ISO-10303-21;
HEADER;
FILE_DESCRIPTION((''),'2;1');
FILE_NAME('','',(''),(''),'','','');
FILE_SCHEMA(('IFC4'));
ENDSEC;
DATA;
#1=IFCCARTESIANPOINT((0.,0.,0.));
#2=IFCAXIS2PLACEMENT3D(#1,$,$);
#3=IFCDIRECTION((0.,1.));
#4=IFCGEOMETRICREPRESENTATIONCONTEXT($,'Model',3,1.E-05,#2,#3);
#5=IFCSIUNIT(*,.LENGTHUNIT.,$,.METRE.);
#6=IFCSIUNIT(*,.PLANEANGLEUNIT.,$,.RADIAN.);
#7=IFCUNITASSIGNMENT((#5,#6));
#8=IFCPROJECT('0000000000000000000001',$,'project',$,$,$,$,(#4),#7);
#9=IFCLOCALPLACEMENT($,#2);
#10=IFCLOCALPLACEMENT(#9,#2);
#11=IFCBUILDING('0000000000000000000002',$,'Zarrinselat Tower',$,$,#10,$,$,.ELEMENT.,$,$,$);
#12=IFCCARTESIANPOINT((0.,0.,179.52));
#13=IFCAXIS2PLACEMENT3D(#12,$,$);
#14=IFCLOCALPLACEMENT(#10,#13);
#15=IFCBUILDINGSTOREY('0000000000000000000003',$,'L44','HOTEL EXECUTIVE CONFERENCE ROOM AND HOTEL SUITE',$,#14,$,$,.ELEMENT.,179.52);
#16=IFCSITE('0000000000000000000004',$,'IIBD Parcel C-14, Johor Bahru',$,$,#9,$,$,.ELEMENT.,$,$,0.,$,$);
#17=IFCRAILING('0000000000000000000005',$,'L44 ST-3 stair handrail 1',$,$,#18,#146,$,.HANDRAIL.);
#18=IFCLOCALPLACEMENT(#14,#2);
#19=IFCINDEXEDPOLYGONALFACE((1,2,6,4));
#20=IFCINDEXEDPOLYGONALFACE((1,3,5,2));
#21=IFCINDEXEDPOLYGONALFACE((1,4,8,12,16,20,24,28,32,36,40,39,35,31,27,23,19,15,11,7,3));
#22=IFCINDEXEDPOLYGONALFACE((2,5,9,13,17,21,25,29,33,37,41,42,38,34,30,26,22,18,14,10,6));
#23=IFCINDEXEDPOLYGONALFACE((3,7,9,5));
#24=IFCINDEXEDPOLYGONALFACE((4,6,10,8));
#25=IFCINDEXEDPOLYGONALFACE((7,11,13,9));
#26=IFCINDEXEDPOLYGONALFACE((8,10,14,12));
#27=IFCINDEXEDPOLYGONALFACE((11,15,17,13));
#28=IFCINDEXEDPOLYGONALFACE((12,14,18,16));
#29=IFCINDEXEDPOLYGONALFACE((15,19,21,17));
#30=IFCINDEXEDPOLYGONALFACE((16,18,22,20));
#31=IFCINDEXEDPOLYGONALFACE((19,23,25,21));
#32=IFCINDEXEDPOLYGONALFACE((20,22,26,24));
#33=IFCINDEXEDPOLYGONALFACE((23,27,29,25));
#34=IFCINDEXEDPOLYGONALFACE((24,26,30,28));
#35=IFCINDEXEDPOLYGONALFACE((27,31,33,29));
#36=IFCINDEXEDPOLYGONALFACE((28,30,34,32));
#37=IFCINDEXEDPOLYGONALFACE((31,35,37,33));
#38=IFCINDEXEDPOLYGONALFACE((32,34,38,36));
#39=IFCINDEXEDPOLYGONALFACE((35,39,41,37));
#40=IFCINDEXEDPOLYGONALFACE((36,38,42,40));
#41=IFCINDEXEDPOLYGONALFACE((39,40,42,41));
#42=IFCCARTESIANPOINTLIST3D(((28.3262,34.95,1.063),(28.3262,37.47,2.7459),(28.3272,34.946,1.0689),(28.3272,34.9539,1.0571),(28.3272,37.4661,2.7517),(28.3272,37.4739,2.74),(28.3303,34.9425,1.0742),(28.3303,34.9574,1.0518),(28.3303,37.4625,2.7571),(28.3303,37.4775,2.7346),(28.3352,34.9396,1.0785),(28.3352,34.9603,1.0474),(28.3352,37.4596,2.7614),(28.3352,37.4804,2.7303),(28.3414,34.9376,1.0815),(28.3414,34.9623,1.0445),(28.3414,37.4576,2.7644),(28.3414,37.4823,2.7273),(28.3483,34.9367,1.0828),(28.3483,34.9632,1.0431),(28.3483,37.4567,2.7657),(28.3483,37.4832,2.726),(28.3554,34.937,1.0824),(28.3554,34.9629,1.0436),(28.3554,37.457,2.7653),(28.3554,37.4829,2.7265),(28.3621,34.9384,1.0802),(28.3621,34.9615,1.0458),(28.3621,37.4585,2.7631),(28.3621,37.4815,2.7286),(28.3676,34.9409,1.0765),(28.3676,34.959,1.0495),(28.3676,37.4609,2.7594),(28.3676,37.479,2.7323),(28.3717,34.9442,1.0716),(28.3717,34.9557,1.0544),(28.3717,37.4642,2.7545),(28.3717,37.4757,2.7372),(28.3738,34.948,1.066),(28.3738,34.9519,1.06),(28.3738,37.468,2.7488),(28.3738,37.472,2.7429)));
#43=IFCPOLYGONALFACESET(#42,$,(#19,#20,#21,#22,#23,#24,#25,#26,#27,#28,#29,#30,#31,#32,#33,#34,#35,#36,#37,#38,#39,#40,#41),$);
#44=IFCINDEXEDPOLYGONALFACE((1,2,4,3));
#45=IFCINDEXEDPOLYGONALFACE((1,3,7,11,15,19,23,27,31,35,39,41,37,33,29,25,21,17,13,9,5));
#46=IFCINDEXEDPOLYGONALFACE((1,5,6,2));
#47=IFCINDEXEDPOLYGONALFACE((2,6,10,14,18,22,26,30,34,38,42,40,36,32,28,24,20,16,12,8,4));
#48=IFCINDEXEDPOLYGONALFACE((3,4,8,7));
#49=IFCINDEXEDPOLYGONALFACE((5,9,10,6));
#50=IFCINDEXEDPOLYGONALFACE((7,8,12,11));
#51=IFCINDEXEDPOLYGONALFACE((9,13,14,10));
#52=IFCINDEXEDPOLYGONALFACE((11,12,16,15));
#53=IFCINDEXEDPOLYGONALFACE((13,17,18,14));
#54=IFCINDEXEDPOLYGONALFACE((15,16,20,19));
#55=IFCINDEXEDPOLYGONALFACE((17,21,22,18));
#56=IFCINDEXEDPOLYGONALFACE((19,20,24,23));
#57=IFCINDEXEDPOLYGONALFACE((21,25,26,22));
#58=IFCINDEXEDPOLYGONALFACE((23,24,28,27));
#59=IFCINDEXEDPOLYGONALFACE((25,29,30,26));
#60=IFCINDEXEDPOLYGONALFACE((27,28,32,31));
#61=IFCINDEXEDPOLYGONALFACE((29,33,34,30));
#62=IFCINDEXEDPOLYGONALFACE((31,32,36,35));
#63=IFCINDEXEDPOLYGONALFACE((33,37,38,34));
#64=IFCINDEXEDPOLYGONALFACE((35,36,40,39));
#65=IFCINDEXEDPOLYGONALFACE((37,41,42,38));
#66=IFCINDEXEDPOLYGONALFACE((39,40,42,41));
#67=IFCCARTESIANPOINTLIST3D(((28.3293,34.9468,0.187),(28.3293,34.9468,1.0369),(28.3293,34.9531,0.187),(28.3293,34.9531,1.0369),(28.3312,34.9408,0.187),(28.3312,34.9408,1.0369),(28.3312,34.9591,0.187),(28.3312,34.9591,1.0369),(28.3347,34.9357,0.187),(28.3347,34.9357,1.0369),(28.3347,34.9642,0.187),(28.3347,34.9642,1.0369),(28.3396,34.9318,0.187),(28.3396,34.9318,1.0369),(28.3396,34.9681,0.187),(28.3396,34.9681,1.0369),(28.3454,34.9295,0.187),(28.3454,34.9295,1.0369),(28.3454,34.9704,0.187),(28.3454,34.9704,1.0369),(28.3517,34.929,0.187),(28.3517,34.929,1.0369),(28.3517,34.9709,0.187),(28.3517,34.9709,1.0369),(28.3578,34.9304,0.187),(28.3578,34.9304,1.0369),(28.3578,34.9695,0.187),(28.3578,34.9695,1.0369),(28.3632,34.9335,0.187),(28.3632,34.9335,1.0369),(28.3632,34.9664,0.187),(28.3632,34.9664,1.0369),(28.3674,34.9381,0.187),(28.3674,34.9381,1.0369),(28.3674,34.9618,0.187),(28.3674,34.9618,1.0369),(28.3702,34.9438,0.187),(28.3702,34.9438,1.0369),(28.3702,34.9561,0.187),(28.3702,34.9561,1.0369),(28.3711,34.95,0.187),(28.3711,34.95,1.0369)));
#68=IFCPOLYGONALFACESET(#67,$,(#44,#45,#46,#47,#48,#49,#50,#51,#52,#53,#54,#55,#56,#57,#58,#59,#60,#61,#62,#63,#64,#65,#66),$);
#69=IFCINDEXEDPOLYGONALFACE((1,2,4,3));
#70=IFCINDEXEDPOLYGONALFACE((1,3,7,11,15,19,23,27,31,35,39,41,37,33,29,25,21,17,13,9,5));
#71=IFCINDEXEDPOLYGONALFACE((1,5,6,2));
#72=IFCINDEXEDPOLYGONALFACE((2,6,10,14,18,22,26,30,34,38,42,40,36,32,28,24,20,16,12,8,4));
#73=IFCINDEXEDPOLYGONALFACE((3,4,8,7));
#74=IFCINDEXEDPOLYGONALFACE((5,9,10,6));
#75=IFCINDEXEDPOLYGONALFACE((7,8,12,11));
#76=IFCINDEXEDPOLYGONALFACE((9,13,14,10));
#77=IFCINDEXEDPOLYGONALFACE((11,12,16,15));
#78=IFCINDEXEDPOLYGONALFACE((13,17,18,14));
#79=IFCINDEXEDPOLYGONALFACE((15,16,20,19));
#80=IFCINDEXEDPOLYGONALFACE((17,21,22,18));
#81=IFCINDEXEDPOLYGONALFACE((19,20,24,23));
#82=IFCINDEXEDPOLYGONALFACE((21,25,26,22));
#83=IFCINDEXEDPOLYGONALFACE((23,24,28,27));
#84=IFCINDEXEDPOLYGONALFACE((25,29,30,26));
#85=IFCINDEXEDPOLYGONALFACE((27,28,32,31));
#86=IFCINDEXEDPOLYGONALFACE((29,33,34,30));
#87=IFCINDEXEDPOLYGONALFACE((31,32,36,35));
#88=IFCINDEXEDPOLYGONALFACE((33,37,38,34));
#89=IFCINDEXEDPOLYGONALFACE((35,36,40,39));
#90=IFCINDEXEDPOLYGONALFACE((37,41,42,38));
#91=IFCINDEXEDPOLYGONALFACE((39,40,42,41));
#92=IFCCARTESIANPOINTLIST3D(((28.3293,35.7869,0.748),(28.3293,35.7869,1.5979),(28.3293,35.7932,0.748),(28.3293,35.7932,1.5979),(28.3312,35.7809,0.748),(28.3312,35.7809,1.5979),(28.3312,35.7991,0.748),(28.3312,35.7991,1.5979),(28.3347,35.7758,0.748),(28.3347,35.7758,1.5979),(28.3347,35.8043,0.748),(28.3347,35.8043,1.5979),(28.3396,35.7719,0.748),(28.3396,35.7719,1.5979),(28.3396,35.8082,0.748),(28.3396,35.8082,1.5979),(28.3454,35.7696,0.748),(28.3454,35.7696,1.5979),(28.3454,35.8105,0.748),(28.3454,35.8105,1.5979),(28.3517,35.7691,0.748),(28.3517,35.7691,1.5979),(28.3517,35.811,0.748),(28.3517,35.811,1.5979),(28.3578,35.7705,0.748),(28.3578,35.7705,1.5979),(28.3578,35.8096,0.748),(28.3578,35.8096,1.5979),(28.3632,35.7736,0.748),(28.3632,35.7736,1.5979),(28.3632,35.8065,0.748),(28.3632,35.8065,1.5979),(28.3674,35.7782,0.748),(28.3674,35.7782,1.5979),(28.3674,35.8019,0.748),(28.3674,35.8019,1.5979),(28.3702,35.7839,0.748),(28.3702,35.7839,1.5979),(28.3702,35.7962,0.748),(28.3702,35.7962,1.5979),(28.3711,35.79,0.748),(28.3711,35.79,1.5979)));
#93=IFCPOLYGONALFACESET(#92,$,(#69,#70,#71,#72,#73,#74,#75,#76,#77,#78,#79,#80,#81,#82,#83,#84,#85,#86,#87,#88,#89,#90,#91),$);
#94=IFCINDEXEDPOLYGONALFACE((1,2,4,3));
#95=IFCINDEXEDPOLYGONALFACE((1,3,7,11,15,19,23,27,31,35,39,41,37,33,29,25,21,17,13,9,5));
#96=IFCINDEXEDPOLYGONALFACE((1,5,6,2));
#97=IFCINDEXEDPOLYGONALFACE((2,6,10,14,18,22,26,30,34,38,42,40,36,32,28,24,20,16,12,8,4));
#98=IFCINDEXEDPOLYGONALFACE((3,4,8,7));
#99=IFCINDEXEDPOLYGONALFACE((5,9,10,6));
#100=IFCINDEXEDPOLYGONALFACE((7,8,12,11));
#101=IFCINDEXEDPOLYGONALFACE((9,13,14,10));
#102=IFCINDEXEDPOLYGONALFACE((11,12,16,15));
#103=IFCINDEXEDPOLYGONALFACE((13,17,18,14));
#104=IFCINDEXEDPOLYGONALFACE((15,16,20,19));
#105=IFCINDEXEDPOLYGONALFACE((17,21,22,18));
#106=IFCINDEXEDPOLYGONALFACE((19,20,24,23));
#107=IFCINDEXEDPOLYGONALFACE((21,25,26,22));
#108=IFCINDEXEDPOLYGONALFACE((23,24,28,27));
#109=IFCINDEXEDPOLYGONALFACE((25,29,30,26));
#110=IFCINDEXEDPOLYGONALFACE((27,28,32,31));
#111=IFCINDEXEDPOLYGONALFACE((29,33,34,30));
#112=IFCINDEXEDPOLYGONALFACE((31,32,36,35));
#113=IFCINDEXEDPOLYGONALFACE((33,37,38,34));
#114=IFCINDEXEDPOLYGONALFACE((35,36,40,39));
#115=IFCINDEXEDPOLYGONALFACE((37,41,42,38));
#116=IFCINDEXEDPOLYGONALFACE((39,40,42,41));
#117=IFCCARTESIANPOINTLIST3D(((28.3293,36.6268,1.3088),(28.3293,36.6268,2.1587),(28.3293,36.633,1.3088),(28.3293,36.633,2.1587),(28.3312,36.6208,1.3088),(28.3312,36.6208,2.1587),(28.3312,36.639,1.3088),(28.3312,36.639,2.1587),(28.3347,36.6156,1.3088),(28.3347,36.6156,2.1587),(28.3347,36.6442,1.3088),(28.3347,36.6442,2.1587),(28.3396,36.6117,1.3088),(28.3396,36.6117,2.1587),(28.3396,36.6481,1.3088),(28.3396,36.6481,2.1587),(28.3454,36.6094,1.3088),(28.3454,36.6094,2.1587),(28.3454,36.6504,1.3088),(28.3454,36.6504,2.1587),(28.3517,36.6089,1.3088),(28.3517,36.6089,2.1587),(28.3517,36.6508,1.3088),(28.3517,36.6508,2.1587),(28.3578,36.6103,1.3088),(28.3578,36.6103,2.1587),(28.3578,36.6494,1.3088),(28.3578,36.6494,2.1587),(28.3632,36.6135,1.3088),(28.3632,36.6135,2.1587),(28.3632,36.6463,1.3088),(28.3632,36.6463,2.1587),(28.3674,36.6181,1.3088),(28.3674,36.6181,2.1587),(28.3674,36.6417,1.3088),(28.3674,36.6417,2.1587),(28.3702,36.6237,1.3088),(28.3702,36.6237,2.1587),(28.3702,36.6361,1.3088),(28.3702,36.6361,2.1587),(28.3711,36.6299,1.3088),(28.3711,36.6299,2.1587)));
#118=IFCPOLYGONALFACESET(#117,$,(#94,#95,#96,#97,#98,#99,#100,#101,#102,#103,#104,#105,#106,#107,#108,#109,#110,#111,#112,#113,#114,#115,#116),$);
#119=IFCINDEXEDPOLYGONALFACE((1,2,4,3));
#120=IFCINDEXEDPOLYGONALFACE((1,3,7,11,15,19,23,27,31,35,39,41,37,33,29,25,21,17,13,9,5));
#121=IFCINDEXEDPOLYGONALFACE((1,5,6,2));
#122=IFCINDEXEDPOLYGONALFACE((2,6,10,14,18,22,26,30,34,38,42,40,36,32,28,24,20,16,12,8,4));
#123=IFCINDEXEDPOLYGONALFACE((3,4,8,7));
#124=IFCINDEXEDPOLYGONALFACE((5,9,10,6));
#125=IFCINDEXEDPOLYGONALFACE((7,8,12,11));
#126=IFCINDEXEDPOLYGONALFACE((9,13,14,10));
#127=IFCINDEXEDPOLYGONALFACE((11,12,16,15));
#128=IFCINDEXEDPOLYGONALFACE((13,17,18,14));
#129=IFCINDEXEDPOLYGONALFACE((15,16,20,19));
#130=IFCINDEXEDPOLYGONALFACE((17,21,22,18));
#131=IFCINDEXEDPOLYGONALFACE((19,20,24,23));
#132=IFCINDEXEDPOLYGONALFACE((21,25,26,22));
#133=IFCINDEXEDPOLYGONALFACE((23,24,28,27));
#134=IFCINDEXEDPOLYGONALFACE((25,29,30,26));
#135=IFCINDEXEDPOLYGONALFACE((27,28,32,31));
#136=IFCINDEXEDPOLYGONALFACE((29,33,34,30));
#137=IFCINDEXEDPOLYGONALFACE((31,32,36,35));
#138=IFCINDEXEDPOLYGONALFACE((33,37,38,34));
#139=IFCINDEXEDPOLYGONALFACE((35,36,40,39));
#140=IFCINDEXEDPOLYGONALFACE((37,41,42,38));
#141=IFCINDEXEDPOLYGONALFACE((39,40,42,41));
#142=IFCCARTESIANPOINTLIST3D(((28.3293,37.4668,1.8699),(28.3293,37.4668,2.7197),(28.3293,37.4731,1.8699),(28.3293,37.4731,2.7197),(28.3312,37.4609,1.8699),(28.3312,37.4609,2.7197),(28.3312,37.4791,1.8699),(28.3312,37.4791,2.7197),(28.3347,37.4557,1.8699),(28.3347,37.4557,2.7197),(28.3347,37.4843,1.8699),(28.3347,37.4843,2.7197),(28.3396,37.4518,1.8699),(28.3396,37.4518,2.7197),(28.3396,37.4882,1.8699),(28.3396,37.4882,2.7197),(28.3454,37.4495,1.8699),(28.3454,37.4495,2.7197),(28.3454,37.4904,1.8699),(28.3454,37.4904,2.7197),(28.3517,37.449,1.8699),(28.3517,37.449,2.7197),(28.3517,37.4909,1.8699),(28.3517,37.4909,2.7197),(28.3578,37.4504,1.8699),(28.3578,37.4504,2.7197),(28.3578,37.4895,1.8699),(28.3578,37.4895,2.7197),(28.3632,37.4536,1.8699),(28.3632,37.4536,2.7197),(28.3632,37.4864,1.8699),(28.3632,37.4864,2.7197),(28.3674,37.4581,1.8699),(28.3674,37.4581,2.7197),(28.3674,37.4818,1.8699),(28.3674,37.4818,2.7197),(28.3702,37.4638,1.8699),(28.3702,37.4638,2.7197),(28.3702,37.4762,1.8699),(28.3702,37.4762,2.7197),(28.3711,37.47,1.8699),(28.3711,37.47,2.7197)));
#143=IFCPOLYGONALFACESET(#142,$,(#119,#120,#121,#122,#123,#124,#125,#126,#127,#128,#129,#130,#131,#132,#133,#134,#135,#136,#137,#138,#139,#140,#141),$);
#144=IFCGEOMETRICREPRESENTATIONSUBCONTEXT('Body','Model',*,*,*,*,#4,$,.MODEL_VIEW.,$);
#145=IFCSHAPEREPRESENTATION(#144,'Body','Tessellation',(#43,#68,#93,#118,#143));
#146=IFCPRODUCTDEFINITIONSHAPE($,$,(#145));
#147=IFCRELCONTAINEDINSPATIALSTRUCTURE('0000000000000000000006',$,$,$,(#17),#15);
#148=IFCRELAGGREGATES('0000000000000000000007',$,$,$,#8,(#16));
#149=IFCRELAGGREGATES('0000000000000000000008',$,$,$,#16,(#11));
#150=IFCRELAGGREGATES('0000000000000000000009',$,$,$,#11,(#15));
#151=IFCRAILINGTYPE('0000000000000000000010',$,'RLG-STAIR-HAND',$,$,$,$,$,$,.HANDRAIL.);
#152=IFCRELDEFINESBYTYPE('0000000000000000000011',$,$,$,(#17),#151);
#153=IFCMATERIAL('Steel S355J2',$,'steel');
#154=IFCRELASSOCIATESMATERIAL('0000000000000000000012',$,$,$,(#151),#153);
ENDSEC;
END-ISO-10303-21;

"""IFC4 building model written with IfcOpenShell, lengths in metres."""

from ifc_helpers import new_model, si_unit, direction, frame, origin, origin_2d, place, context, subcontext, project, spatial, circle, extrude, material, type_object, element, save


model = new_model("IFC4")

# Units and contexts
model_context = context("Model", 3, precision=1e-05, world=origin(), true_north=direction((0.0, 1.0)))
body_context = subcontext(model_context, "Body", "Model", "MODEL_VIEW")
ifc_project = project(units=[si_unit("LENGTHUNIT", "METRE"), si_unit("PLANEANGLEUNIT", "RADIAN")], contexts=[model_context])

# Site, building, storey
site_placement = place(None, origin())
site = spatial("IfcSite", under=ifc_project, at=site_placement, Name="IIBD Parcel C-14, Johor Bahru", CompositionType="ELEMENT", RefElevation=0.0)
building_placement = place(site_placement, origin())
building = spatial("IfcBuilding", under=site, at=building_placement, Name="Zarrinselat Tower", CompositionType="ELEMENT")
storey_placement = place(building_placement, frame((0.0, 0.0, 179.52)))
storey = spatial("IfcBuildingStorey", under=building, at=storey_placement, Name="L44", Description="HOTEL EXECUTIVE CONFERENCE ROOM AND HOTEL SUITE", CompositionType="ELEMENT", Elevation=179.52)

# Railing
ifc_material_1 = material(Name="Steel S355J2", Category="steel")
railing_type_1 = type_object("IfcRailingType", Name="RLG-STAIR-HAND", PredefinedType="HANDRAIL", material=ifc_material_1)
railing_1_placement = place(storey_placement, frame((28.3501, 34.95, 0.187)))
element("IfcRailing", 1, at=railing_1_placement, inside=storey, type_object=railing_type_1, Name="L44 ST-3 stair handrail 1", PredefinedType="HANDRAIL", context=body_context, shape_type="SweptSolid", body=[
    extrude(circle(Radius=0.0239, at=origin_2d()), frame((0.0, 0.0, 0.876), z_axis=(0.0, 0.831616, 0.555351), x_axis=(-1.0, 0.0, 0.0)), (0.0, 0.0, 1.0), 3.0303),
    extrude(circle(Radius=0.021, at=origin_2d()), origin(), (0.0, 0.0, 1.0), 0.8499),
    extrude(circle(Radius=0.021, at=origin_2d()), frame((0.0, 0.8401, 0.561)), (0.0, 0.0, 1.0), 0.8499),
    extrude(circle(Radius=0.021, at=origin_2d()), frame((0.0, 1.6799, 1.1218)), (0.0, 0.0, 1.0), 0.8499),
    extrude(circle(Radius=0.021, at=origin_2d()), frame((0.0, 2.52, 1.6829)), (0.0, 0.0, 1.0), 0.8499),
])

save(model, "model.ifc")
